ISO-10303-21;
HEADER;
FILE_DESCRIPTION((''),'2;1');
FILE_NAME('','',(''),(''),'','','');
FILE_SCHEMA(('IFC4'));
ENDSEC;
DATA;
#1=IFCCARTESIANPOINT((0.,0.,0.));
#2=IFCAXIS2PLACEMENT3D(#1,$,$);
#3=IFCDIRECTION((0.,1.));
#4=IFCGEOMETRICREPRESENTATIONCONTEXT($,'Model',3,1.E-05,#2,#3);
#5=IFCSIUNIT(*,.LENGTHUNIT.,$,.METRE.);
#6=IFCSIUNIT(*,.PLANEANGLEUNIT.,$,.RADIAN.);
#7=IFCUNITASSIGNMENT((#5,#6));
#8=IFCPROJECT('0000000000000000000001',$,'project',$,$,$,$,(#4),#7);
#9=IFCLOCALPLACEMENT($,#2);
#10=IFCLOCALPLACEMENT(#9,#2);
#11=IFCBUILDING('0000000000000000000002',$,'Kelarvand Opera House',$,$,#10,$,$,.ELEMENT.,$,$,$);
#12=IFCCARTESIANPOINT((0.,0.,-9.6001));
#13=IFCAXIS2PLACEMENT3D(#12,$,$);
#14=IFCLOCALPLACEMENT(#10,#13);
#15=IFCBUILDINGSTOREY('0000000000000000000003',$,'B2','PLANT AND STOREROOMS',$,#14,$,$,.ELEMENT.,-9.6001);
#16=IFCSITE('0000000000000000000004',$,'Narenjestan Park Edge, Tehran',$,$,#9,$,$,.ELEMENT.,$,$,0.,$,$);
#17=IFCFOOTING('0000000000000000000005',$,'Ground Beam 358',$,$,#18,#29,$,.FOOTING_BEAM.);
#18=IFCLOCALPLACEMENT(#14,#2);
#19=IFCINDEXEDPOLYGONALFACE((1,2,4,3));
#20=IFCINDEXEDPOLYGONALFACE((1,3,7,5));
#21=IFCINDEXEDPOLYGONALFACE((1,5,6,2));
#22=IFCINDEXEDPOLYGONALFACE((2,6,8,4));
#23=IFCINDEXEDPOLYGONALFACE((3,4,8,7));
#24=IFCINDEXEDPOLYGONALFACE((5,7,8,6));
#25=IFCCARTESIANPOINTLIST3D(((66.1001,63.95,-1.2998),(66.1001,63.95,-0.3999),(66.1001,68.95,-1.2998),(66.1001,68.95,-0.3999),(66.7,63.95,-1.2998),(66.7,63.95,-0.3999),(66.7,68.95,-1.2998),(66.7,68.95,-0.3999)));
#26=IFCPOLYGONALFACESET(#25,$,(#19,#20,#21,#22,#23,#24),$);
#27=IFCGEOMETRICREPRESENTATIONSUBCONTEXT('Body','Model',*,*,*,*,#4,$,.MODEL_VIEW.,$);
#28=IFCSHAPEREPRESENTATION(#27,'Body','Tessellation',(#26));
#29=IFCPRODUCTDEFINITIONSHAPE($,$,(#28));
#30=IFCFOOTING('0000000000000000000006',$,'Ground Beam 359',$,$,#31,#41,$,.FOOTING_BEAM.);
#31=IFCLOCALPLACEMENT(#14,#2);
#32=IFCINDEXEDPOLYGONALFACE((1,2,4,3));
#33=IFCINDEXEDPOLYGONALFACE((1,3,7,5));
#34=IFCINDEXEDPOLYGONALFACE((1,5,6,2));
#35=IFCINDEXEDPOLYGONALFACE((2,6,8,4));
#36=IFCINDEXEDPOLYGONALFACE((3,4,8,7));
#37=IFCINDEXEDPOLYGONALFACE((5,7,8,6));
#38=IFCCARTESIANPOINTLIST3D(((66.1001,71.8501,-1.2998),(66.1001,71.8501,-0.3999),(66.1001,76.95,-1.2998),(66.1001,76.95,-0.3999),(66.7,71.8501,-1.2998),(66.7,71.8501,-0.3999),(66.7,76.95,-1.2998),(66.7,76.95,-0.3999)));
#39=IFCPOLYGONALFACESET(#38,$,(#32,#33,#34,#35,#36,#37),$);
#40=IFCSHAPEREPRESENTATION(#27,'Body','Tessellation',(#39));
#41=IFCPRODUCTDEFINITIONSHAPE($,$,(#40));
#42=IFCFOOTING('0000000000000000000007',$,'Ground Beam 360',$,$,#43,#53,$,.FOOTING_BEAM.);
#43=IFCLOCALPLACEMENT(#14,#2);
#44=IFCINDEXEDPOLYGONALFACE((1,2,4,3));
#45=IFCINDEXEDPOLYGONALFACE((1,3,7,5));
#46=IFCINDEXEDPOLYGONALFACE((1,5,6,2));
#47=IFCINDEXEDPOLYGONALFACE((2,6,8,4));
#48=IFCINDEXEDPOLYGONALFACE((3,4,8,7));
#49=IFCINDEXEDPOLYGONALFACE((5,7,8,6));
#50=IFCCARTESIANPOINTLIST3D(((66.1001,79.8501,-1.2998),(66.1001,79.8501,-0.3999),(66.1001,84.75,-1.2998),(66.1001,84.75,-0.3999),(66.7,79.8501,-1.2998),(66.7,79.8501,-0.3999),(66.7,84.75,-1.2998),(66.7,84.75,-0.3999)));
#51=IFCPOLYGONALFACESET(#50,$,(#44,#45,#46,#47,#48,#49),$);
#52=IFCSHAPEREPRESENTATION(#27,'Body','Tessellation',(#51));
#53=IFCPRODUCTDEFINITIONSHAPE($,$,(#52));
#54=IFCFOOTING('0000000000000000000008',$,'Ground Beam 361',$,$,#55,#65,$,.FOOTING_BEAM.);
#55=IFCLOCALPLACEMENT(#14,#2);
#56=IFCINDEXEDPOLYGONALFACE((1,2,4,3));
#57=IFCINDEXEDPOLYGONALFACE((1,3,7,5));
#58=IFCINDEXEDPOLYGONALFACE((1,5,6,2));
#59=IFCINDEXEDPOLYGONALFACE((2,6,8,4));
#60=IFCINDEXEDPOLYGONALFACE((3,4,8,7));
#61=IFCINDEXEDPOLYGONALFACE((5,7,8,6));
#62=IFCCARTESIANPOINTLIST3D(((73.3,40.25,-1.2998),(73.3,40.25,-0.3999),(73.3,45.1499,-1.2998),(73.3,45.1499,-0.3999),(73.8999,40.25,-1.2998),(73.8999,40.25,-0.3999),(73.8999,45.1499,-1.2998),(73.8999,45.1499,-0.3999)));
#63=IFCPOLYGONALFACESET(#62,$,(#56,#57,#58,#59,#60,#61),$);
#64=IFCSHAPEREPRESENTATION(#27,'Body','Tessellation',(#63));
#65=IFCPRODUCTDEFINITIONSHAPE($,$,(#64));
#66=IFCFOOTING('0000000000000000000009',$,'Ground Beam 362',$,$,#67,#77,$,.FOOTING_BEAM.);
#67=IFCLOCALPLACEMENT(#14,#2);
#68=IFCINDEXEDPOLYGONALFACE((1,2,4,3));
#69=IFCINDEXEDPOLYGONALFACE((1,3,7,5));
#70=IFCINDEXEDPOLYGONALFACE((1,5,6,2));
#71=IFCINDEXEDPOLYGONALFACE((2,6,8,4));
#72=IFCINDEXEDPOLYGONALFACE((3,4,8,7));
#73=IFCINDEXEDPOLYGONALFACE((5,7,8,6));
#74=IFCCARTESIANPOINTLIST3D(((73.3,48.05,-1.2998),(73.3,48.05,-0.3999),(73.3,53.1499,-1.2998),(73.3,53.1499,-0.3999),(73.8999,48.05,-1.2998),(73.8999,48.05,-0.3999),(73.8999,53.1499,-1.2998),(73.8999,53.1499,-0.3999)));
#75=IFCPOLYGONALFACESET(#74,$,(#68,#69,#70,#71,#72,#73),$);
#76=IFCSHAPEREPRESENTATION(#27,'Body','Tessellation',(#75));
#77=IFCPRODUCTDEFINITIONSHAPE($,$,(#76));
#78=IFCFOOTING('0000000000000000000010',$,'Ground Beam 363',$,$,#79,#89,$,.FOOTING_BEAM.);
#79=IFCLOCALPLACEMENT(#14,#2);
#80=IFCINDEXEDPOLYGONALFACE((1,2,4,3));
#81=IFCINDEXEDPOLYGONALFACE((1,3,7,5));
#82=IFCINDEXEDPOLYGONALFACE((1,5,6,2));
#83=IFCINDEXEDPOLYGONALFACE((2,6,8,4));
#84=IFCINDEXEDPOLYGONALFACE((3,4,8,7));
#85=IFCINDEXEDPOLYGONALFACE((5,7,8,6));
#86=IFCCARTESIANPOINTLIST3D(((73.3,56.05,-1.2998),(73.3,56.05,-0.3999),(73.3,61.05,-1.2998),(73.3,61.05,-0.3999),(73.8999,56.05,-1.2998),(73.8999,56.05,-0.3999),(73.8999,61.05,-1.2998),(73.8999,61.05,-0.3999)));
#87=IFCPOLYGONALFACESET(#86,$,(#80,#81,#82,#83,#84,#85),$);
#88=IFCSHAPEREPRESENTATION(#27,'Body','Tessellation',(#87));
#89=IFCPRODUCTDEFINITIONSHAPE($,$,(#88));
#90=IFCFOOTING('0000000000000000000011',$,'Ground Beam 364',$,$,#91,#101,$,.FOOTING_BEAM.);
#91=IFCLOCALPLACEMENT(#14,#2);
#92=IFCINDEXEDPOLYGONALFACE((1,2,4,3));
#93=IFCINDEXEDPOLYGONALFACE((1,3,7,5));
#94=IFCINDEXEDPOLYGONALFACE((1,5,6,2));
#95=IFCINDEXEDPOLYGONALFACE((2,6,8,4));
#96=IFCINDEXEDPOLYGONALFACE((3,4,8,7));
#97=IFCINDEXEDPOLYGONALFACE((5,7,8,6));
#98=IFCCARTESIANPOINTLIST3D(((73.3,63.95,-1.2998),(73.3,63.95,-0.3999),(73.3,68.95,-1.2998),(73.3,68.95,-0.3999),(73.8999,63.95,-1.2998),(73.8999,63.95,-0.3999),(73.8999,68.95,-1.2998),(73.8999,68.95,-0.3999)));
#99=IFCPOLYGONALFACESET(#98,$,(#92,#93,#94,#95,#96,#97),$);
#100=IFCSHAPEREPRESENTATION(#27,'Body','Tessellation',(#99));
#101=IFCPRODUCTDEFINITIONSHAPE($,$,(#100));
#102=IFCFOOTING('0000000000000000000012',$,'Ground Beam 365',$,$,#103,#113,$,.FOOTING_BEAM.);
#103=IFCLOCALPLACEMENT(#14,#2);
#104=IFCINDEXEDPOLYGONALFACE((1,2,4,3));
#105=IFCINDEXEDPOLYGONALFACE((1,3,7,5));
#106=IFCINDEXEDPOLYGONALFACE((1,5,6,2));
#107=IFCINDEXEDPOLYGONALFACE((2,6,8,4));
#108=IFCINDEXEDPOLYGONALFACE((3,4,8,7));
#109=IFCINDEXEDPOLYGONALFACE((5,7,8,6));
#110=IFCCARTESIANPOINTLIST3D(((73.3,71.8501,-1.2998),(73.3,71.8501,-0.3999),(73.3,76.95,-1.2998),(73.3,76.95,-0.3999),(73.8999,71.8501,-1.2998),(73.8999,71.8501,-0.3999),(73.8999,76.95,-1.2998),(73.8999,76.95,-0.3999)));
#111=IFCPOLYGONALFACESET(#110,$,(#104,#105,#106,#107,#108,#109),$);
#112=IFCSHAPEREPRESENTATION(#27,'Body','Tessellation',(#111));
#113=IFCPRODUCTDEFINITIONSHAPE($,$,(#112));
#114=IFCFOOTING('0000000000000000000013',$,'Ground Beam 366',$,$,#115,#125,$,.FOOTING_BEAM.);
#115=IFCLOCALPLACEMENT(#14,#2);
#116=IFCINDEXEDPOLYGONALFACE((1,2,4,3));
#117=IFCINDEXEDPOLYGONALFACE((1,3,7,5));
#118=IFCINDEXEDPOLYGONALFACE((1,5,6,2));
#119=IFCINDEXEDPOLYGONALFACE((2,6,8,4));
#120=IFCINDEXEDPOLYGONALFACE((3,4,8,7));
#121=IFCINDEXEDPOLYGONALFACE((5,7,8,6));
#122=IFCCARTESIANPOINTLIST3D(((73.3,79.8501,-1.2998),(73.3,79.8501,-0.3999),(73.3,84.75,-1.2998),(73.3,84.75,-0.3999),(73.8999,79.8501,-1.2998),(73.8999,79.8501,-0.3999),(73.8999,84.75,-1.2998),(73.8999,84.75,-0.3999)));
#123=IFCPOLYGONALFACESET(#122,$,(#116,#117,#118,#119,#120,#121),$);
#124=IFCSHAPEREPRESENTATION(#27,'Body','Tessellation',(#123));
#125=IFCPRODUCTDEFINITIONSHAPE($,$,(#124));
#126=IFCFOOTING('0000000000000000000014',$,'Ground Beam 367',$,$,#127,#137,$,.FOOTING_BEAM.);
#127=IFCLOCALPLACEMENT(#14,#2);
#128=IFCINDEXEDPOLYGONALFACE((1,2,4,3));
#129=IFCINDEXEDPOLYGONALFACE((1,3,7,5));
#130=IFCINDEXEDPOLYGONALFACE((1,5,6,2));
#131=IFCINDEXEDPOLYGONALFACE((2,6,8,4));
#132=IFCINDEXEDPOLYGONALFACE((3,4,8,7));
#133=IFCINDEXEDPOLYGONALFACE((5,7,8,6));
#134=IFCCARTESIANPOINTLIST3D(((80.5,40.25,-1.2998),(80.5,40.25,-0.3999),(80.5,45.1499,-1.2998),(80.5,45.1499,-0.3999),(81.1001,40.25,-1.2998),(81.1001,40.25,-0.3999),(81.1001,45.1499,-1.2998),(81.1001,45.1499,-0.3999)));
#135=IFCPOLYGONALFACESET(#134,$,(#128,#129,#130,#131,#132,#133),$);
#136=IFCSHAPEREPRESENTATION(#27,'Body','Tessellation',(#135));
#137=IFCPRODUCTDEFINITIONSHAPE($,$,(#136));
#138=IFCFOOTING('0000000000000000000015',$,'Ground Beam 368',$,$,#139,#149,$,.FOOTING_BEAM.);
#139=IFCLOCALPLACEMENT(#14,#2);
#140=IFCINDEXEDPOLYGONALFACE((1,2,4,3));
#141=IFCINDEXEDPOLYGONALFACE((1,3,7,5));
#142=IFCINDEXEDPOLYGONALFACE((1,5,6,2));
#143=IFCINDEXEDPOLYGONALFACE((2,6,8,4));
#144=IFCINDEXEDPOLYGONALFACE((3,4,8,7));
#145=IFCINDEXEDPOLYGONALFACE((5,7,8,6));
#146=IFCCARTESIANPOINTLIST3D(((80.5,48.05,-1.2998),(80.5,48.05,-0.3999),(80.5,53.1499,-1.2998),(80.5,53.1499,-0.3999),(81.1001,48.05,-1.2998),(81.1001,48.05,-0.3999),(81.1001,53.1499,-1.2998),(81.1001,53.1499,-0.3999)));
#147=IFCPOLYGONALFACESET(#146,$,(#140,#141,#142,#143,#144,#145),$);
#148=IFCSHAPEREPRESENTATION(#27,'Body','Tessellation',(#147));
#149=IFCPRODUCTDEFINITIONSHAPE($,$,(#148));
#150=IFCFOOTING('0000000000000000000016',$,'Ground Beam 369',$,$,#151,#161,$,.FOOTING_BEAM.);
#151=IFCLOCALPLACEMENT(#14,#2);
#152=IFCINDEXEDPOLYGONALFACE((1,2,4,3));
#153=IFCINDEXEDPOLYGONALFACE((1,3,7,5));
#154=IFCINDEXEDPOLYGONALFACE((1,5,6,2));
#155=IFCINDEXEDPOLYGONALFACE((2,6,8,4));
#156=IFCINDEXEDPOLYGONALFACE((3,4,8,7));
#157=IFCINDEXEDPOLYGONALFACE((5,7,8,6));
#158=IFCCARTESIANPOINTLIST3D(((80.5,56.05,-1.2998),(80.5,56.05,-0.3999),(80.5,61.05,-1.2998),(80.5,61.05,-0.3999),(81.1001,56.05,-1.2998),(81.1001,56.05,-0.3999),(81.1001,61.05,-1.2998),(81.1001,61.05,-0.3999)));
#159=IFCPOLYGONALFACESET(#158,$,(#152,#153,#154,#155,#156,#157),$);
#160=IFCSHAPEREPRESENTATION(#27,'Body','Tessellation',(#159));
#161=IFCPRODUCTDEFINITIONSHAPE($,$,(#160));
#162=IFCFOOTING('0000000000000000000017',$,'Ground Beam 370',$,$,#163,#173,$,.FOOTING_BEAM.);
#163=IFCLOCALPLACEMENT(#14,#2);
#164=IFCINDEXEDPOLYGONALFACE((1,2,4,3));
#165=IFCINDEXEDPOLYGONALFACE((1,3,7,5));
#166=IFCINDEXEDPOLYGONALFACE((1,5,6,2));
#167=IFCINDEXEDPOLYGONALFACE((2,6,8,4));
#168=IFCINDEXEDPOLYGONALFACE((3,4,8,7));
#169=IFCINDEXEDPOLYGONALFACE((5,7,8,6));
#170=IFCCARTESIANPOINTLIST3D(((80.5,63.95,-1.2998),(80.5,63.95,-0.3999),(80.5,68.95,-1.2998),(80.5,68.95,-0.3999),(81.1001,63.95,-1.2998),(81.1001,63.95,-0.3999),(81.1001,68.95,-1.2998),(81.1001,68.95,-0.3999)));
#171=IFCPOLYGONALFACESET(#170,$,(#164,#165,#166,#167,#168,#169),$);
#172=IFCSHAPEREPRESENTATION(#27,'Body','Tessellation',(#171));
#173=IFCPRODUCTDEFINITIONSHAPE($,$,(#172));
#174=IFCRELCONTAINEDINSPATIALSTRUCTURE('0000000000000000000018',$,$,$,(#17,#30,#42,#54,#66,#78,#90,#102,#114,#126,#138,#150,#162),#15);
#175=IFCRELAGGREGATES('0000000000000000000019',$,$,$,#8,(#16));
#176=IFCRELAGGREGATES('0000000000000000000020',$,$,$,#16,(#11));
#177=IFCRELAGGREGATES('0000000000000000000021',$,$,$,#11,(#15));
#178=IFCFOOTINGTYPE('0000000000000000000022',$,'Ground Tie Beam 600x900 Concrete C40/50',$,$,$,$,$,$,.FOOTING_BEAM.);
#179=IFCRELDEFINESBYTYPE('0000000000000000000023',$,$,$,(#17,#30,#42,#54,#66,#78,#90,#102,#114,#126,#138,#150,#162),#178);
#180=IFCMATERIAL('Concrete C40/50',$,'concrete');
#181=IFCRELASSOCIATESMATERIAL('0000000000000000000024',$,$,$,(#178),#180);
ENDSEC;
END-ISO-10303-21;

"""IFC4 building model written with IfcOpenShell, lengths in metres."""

from ifc_helpers import new_model, si_unit, direction, frame, origin, place, context, subcontext, project, spatial, polyline, outline, extrude, material, type_object, element, save


model = new_model("IFC4")

# Units and contexts
model_context = context("Model", 3, precision=1e-05, world=origin(), true_north=direction((0.0, 1.0)))
body_context = subcontext(model_context, "Body", "Model", "MODEL_VIEW")
ifc_project = project(units=[si_unit("LENGTHUNIT", "METRE"), si_unit("PLANEANGLEUNIT", "RADIAN")], contexts=[model_context])

# Site, building, storey
site_placement = place(None, origin())
site = spatial("IfcSite", under=ifc_project, at=site_placement, Name="Narenjestan Park Edge, Tehran", CompositionType="ELEMENT", RefElevation=0.0)
building_placement = place(site_placement, origin())
building = spatial("IfcBuilding", under=site, at=building_placement, Name="Kelarvand Opera House", CompositionType="ELEMENT")
storey_placement = place(building_placement, frame((0.0, 0.0, -9.6001)))
storey = spatial("IfcBuildingStorey", under=building, at=storey_placement, Name="B2", Description="PLANT AND STOREROOMS", CompositionType="ELEMENT", Elevation=-9.6001)

# Footings
ifc_material = material(Name="Concrete C40/50", Category="concrete")
footing_type = type_object("IfcFootingType", Name="Ground Tie Beam 600x900 Concrete C40/50", PredefinedType="FOOTING_BEAM", material=ifc_material)
footing_1_placement = place(storey_placement, frame((0.0, 0.0, -1.2998)))
element("IfcFooting", 1, at=footing_1_placement, inside=storey, type_object=footing_type, Name="Ground Beam 358", PredefinedType="FOOTING_BEAM", context=body_context, shape_type="SweptSolid", body=[
    extrude(outline(polyline([(66.1001, 63.95), (66.7, 63.95), (66.7, 68.95), (66.1001, 68.95), (66.1001, 63.95)])), origin(), (0.0, 0.0, 1.0), 0.8999),
])
footing_2_placement = place(storey_placement, frame((0.0, 0.0, -1.2998)))
element("IfcFooting", 2, at=footing_2_placement, inside=storey, type_object=footing_type, Name="Ground Beam 359", PredefinedType="FOOTING_BEAM", context=body_context, shape_type="SweptSolid", body=[
    extrude(outline(polyline([(66.1001, 71.8501), (66.7, 71.8501), (66.7, 76.95), (66.1001, 76.95), (66.1001, 71.8501)])), origin(), (0.0, 0.0, 1.0), 0.8999),
])
footing_3_placement = place(storey_placement, frame((0.0, 0.0, -1.2998)))
element("IfcFooting", 3, at=footing_3_placement, inside=storey, type_object=footing_type, Name="Ground Beam 360", PredefinedType="FOOTING_BEAM", context=body_context, shape_type="SweptSolid", body=[
    extrude(outline(polyline([(66.1001, 79.8501), (66.7, 79.8501), (66.7, 84.75), (66.1001, 84.75), (66.1001, 79.8501)])), origin(), (0.0, 0.0, 1.0), 0.8999),
])
footing_4_placement = place(storey_placement, frame((0.0, 0.0, -1.2998)))
element("IfcFooting", 4, at=footing_4_placement, inside=storey, type_object=footing_type, Name="Ground Beam 361", PredefinedType="FOOTING_BEAM", context=body_context, shape_type="SweptSolid", body=[
    extrude(outline(polyline([(73.3, 40.25), (73.8999, 40.25), (73.8999, 45.1499), (73.3, 45.1499), (73.3, 40.25)])), origin(), (0.0, 0.0, 1.0), 0.8999),
])
footing_5_placement = place(storey_placement, frame((0.0, 0.0, -1.2998)))
element("IfcFooting", 5, at=footing_5_placement, inside=storey, type_object=footing_type, Name="Ground Beam 362", PredefinedType="FOOTING_BEAM", context=body_context, shape_type="SweptSolid", body=[
    extrude(outline(polyline([(73.3, 48.05), (73.8999, 48.05), (73.8999, 53.1499), (73.3, 53.1499), (73.3, 48.05)])), origin(), (0.0, 0.0, 1.0), 0.8999),
])
footing_6_placement = place(storey_placement, frame((0.0, 0.0, -1.2998)))
element("IfcFooting", 6, at=footing_6_placement, inside=storey, type_object=footing_type, Name="Ground Beam 363", PredefinedType="FOOTING_BEAM", context=body_context, shape_type="SweptSolid", body=[
    extrude(outline(polyline([(73.3, 56.05), (73.8999, 56.05), (73.8999, 61.05), (73.3, 61.05), (73.3, 56.05)])), origin(), (0.0, 0.0, 1.0), 0.8999),
])
footing_7_placement = place(storey_placement, frame((0.0, 0.0, -1.2998)))
element("IfcFooting", 7, at=footing_7_placement, inside=storey, type_object=footing_type, Name="Ground Beam 364", PredefinedType="FOOTING_BEAM", context=body_context, shape_type="SweptSolid", body=[
    extrude(outline(polyline([(73.3, 63.95), (73.8999, 63.95), (73.8999, 68.95), (73.3, 68.95), (73.3, 63.95)])), origin(), (0.0, 0.0, 1.0), 0.8999),
])
footing_8_placement = place(storey_placement, frame((0.0, 0.0, -1.2998)))
element("IfcFooting", 8, at=footing_8_placement, inside=storey, type_object=footing_type, Name="Ground Beam 365", PredefinedType="FOOTING_BEAM", context=body_context, shape_type="SweptSolid", body=[
    extrude(outline(polyline([(73.3, 71.8501), (73.8999, 71.8501), (73.8999, 76.95), (73.3, 76.95), (73.3, 71.8501)])), origin(), (0.0, 0.0, 1.0), 0.8999),
])
footing_9_placement = place(storey_placement, frame((0.0, 0.0, -1.2998)))
element("IfcFooting", 9, at=footing_9_placement, inside=storey, type_object=footing_type, Name="Ground Beam 366", PredefinedType="FOOTING_BEAM", context=body_context, shape_type="SweptSolid", body=[
    extrude(outline(polyline([(73.3, 79.8501), (73.8999, 79.8501), (73.8999, 84.75), (73.3, 84.75), (73.3, 79.8501)])), origin(), (0.0, 0.0, 1.0), 0.8999),
])
footing_10_placement = place(storey_placement, frame((0.0, 0.0, -1.2998)))
element("IfcFooting", 10, at=footing_10_placement, inside=storey, type_object=footing_type, Name="Ground Beam 367", PredefinedType="FOOTING_BEAM", context=body_context, shape_type="SweptSolid", body=[
    extrude(outline(polyline([(80.5, 40.25), (81.1001, 40.25), (81.1001, 45.1499), (80.5, 45.1499), (80.5, 40.25)])), origin(), (0.0, 0.0, 1.0), 0.8999),
])
footing_11_placement = place(storey_placement, frame((0.0, 0.0, -1.2998)))
element("IfcFooting", 11, at=footing_11_placement, inside=storey, type_object=footing_type, Name="Ground Beam 368", PredefinedType="FOOTING_BEAM", context=body_context, shape_type="SweptSolid", body=[
    extrude(outline(polyline([(80.5, 48.05), (81.1001, 48.05), (81.1001, 53.1499), (80.5, 53.1499), (80.5, 48.05)])), origin(), (0.0, 0.0, 1.0), 0.8999),
])
footing_12_placement = place(storey_placement, frame((0.0, 0.0, -1.2998)))
element("IfcFooting", 12, at=footing_12_placement, inside=storey, type_object=footing_type, Name="Ground Beam 369", PredefinedType="FOOTING_BEAM", context=body_context, shape_type="SweptSolid", body=[
    extrude(outline(polyline([(80.5, 56.05), (81.1001, 56.05), (81.1001, 61.05), (80.5, 61.05), (80.5, 56.05)])), origin(), (0.0, 0.0, 1.0), 0.8999),
])
footing_13_placement = place(storey_placement, frame((0.0, 0.0, -1.2998)))
element("IfcFooting", 13, at=footing_13_placement, inside=storey, type_object=footing_type, Name="Ground Beam 370", PredefinedType="FOOTING_BEAM", context=body_context, shape_type="SweptSolid", body=[
    extrude(outline(polyline([(80.5, 63.95), (81.1001, 63.95), (81.1001, 68.95), (80.5, 68.95), (80.5, 63.95)])), origin(), (0.0, 0.0, 1.0), 0.8999),
])

save(model, "model.ifc")
